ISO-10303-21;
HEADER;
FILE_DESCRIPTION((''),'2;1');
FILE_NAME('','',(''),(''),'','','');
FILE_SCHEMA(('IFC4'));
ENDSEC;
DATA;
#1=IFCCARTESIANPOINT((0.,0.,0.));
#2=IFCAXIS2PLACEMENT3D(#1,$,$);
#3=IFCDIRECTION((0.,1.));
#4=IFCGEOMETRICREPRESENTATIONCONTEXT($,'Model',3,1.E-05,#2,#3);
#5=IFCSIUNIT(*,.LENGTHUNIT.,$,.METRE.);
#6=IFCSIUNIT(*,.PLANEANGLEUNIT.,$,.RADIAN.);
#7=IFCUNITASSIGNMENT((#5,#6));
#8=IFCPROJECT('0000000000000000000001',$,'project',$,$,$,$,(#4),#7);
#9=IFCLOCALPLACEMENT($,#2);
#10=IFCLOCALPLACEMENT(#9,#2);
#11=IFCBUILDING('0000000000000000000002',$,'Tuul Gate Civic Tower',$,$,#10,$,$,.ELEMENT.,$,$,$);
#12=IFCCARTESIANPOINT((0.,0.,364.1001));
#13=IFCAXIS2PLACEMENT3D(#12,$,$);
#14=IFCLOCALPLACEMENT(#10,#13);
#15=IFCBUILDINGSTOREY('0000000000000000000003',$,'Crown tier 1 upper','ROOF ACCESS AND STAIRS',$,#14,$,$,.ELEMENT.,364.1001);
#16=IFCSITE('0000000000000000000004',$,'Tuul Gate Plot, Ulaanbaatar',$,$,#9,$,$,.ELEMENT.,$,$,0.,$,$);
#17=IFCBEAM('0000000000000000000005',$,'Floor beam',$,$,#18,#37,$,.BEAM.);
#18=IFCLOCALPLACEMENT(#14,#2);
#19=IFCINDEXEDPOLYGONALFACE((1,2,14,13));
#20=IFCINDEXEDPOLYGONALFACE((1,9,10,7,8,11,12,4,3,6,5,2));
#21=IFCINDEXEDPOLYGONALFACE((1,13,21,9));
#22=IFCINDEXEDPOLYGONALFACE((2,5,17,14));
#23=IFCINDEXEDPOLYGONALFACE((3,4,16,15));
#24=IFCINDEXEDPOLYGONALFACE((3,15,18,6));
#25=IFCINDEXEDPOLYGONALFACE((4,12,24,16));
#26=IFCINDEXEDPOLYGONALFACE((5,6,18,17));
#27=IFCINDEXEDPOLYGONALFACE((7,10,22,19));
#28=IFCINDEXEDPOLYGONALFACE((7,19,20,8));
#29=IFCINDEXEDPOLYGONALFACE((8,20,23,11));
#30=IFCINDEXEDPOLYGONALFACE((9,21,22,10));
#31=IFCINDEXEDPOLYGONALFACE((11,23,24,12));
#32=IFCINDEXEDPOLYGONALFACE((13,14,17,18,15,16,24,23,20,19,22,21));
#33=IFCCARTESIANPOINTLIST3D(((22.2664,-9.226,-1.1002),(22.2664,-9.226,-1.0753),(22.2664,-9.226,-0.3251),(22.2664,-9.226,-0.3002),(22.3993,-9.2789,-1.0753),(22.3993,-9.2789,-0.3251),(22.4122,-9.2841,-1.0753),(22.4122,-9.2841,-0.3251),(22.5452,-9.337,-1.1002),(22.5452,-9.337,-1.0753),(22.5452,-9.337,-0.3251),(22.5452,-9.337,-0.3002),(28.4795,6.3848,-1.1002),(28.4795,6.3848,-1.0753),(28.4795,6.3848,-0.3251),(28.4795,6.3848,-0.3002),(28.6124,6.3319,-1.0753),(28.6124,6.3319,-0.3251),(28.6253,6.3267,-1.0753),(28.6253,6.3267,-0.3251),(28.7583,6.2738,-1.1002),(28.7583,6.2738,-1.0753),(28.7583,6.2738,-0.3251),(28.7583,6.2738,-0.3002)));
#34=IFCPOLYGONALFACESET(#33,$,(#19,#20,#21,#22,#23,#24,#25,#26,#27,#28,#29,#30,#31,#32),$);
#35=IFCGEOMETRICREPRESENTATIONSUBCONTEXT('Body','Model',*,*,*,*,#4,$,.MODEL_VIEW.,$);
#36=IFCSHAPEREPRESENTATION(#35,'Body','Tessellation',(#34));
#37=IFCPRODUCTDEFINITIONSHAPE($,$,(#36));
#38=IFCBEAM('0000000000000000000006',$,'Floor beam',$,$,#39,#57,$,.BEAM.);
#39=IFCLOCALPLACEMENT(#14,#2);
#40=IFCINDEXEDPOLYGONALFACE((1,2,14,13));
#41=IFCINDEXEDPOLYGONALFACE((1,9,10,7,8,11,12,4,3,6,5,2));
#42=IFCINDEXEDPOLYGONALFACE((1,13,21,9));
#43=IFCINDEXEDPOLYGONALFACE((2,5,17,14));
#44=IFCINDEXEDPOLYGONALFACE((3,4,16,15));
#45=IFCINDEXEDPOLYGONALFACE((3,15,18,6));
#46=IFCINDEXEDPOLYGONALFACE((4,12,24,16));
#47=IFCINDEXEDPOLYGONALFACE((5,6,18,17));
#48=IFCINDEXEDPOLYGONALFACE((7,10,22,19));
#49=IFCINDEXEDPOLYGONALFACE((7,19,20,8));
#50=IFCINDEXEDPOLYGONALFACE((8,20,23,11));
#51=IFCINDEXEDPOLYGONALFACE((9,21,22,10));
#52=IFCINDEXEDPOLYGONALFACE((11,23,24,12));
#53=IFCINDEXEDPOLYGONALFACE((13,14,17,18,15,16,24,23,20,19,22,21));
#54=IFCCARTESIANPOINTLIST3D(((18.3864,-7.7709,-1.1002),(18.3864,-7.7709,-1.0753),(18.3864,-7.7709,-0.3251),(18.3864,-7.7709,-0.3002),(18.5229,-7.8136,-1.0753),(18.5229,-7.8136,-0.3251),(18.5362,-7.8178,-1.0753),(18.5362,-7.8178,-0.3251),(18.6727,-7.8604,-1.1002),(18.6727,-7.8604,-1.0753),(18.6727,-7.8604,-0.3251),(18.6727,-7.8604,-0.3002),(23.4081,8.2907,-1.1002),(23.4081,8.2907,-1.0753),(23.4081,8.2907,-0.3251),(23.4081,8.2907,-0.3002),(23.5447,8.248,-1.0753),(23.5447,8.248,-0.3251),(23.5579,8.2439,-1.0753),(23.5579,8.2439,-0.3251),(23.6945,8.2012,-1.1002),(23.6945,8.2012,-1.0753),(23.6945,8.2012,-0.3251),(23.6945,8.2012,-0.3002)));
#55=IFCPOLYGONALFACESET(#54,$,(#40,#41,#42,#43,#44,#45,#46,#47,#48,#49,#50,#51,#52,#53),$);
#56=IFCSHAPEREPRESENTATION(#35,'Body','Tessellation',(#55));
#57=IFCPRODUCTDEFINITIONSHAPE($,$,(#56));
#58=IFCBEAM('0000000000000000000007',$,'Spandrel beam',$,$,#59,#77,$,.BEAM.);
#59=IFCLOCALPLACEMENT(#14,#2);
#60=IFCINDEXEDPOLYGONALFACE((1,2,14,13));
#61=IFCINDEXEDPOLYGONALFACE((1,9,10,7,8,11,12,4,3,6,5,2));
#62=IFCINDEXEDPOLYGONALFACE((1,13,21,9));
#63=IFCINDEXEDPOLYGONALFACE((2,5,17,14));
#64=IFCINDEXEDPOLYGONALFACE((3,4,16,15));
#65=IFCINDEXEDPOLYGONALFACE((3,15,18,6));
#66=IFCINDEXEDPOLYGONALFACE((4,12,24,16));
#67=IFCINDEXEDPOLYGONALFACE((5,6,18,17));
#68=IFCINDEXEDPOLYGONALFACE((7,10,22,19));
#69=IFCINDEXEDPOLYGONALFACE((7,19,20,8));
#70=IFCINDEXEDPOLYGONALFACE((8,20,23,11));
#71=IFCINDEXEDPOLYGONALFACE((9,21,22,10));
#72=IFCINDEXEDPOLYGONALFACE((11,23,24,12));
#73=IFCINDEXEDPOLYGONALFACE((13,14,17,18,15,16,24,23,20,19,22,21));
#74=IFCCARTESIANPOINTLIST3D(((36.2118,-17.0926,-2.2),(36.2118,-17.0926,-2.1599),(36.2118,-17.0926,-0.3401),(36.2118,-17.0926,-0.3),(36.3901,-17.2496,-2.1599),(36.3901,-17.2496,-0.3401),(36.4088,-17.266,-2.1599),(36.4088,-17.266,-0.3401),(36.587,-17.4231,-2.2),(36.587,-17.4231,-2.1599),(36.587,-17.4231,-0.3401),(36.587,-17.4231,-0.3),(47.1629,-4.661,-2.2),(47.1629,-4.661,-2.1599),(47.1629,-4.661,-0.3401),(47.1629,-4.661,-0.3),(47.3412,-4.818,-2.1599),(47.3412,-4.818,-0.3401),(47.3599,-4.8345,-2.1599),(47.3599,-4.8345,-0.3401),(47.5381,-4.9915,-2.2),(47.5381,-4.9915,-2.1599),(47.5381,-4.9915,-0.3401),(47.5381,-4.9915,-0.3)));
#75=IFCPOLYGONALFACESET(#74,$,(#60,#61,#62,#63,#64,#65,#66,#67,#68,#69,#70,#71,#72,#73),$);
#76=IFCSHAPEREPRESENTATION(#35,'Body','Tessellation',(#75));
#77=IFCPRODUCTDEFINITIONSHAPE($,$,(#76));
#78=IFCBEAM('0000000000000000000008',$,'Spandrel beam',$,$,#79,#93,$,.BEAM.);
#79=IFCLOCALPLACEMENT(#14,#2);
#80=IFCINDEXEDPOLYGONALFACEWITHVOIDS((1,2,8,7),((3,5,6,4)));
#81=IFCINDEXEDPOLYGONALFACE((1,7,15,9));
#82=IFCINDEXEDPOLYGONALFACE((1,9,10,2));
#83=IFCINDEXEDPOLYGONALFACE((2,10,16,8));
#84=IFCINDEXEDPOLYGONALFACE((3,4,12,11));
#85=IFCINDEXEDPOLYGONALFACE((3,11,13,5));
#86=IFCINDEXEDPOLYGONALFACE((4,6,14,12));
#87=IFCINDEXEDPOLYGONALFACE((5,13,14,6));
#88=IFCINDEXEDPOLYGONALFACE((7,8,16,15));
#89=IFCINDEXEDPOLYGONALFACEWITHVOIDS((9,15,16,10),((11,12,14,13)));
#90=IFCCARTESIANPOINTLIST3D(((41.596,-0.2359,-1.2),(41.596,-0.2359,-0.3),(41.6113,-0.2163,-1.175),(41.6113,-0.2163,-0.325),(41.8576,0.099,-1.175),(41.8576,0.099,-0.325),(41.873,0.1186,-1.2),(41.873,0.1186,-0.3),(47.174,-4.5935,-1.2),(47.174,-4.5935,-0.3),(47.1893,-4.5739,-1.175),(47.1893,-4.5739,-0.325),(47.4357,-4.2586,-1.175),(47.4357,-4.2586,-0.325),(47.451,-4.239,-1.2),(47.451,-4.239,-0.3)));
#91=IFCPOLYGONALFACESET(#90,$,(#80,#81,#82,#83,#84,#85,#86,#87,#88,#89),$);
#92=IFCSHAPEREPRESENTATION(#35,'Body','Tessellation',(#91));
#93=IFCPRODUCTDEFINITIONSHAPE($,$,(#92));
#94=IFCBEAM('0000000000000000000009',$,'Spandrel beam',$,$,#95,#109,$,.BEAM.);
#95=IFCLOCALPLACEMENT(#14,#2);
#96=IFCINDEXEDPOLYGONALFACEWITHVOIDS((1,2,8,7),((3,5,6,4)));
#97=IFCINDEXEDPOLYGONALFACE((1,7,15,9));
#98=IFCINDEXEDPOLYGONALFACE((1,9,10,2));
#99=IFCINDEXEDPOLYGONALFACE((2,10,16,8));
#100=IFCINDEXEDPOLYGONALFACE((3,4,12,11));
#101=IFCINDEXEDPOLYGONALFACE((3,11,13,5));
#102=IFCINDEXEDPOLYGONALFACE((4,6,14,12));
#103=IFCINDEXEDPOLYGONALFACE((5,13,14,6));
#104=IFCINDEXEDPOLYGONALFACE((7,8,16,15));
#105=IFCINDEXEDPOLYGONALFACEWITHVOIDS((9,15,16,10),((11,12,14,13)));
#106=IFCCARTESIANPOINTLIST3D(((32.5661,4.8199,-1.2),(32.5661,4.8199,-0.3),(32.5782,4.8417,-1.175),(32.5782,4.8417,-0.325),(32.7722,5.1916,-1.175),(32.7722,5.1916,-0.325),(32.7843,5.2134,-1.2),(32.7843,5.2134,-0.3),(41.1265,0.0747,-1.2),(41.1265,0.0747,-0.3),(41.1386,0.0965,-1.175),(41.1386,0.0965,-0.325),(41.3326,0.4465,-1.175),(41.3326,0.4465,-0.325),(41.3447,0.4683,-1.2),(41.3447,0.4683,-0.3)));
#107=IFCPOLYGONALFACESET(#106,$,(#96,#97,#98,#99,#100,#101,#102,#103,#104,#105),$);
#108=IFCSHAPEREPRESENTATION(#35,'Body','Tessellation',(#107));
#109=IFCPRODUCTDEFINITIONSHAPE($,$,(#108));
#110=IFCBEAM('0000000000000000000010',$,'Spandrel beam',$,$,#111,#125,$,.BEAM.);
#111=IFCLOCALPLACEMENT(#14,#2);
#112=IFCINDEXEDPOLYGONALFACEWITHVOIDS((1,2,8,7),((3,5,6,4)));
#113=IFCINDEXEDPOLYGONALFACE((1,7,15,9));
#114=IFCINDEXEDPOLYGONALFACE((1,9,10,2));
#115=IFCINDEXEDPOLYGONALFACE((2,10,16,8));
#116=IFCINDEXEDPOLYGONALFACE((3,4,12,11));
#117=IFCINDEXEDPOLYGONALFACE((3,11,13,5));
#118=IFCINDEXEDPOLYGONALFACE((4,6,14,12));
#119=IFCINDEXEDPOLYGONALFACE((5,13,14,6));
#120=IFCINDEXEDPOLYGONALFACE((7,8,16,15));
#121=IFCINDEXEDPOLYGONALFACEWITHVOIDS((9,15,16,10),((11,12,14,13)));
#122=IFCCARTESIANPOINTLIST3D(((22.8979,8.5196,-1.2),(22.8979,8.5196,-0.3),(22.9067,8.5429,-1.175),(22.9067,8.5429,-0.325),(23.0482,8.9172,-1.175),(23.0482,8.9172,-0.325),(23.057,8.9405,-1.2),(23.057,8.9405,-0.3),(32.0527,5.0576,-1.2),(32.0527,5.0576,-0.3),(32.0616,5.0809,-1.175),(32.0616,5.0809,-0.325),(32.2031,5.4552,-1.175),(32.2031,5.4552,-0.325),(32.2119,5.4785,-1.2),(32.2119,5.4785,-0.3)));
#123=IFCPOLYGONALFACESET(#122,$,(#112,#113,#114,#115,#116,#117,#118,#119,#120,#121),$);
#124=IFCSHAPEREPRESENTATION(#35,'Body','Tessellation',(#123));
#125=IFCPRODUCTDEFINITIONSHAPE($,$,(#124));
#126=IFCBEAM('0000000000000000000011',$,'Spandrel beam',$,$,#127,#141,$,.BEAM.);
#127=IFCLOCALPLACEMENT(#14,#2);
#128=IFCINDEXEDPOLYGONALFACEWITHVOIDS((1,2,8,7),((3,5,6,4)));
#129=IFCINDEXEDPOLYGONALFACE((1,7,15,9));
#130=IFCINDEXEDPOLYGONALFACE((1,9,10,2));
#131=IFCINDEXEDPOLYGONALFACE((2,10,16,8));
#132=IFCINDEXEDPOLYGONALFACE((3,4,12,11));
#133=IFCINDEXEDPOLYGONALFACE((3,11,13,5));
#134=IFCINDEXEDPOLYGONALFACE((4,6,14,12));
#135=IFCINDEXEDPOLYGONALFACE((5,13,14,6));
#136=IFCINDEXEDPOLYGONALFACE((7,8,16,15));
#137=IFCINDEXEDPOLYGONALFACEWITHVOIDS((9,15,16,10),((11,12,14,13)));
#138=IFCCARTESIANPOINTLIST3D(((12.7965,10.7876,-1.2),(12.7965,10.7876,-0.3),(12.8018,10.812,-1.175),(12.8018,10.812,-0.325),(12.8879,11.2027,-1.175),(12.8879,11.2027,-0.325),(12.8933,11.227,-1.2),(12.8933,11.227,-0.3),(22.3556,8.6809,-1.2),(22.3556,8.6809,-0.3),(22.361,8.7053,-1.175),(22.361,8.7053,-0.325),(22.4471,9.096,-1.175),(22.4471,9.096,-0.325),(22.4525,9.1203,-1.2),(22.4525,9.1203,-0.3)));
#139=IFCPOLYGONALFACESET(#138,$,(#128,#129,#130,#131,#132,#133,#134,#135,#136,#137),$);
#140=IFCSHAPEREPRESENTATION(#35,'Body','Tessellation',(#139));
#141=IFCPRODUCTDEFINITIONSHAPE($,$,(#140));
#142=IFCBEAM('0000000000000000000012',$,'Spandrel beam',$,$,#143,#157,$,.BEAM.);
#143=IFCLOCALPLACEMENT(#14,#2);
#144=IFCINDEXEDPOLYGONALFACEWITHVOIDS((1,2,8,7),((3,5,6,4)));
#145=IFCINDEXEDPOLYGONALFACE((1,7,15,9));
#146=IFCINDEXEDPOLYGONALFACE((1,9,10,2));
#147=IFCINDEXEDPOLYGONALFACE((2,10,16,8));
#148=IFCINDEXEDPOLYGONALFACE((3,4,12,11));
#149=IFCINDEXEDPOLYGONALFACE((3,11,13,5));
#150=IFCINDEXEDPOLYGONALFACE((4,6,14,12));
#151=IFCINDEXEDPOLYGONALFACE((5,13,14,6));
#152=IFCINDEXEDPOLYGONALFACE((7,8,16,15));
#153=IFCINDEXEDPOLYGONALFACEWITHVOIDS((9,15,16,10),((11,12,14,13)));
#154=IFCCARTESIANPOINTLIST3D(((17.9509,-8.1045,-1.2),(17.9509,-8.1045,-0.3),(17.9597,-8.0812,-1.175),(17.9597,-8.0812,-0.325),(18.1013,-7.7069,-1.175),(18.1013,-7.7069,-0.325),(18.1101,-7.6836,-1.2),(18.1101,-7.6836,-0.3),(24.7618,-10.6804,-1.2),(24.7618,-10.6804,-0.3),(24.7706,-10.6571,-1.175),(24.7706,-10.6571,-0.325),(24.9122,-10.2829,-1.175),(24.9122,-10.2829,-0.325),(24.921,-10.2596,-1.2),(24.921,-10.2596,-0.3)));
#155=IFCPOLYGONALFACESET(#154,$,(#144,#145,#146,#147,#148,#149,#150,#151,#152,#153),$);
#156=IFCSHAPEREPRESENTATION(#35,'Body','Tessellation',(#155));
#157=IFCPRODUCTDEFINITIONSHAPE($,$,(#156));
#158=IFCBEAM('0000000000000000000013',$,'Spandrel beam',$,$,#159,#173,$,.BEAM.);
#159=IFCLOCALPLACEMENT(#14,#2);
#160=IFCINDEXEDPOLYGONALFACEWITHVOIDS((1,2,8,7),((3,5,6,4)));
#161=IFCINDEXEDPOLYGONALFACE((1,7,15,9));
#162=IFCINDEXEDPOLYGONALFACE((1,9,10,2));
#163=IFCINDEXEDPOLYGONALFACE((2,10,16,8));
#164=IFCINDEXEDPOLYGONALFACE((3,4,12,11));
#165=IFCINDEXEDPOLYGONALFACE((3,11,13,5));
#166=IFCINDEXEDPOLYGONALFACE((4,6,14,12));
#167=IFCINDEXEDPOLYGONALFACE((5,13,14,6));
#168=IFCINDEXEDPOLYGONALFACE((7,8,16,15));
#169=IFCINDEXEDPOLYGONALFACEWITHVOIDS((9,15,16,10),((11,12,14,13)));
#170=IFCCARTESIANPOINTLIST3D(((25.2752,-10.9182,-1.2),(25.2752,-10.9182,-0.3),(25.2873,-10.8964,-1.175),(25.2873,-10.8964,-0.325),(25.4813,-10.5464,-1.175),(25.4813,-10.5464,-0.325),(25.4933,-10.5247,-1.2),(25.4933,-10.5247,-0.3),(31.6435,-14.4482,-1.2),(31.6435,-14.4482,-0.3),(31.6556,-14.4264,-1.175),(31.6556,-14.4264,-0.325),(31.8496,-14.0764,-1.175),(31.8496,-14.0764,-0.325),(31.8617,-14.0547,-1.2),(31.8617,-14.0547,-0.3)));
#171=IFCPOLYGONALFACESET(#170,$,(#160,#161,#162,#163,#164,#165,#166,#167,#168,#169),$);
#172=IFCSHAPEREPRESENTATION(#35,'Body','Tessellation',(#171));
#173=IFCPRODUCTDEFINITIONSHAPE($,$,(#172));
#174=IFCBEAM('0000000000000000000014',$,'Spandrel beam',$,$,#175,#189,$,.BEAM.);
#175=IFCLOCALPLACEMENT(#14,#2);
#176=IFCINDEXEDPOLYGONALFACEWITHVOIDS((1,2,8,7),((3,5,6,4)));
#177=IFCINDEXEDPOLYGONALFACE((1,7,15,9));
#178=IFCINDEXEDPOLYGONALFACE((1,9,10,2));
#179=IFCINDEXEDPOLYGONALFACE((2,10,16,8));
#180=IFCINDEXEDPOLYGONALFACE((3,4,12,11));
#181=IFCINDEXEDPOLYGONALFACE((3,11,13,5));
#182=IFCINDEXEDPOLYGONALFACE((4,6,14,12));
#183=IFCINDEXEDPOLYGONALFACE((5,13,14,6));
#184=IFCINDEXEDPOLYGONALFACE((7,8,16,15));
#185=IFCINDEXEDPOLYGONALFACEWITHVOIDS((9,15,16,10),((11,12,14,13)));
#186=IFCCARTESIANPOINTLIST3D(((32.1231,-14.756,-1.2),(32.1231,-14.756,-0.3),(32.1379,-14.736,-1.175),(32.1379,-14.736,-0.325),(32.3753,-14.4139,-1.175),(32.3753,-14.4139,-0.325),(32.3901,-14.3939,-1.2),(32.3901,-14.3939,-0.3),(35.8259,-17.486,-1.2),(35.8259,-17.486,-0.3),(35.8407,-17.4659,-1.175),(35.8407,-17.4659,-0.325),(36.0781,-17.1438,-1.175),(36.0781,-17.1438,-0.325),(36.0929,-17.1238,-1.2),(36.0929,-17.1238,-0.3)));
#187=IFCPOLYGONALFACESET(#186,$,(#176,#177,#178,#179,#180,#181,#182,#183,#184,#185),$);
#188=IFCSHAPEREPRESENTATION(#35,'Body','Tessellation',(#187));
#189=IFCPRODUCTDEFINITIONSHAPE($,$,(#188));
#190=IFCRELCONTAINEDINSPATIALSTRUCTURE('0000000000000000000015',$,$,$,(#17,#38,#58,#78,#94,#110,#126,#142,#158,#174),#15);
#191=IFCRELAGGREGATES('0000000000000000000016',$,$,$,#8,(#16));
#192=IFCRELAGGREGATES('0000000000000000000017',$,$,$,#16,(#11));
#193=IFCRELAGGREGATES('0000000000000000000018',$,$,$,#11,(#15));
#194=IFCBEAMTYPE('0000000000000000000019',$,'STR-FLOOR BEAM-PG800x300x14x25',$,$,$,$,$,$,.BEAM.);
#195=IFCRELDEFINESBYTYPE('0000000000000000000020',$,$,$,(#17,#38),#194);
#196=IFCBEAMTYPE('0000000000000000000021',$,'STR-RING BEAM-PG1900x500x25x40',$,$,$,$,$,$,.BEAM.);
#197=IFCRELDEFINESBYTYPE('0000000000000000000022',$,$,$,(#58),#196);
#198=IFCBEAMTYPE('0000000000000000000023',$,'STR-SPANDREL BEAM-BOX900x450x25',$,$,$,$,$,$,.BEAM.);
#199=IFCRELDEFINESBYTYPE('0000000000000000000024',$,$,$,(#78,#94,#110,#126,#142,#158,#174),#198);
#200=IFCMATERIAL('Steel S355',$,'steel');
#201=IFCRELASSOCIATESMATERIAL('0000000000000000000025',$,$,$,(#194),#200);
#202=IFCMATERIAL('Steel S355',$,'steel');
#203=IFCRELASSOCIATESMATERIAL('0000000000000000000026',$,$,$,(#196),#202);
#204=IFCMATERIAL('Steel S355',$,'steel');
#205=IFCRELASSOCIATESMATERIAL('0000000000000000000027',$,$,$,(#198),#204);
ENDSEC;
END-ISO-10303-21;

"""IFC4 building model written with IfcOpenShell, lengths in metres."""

from ifc_helpers import new_model, si_unit, direction, frame, origin, origin_2d, place, context, subcontext, project, spatial, hollow_rectangle, i_section, extrude, material, material_profile, profile_set, type_object, element, save


model = new_model("IFC4")

# Units and contexts
model_context = context("Model", 3, precision=1e-05, world=origin(), true_north=direction((0.0, 1.0)))
body_context = subcontext(model_context, "Body", "Model", "MODEL_VIEW")
ifc_project = project(units=[si_unit("LENGTHUNIT", "METRE"), si_unit("PLANEANGLEUNIT", "RADIAN")], contexts=[model_context])

# Site, building, storey
site_placement = place(None, origin())
site = spatial("IfcSite", under=ifc_project, at=site_placement, Name="Tuul Gate Plot, Ulaanbaatar", CompositionType="ELEMENT", RefElevation=0.0)
building_placement = place(site_placement, origin())
building = spatial("IfcBuilding", under=site, at=building_placement, Name="Tuul Gate Civic Tower", CompositionType="ELEMENT")
storey_placement = place(building_placement, frame((0.0, 0.0, 364.1001)))
storey = spatial("IfcBuildingStorey", under=building, at=storey_placement, Name="Crown tier 1 upper", Description="ROOF ACCESS AND STAIRS", CompositionType="ELEMENT", Elevation=364.1001)

# Beams
ifc_material_1 = material(Name="Steel S355", Category="steel")
ifc_material_profile_1 = material_profile(ifc_material_1, i_section(OverallWidth=0.3, OverallDepth=0.8, WebThickness=0.0139, FlangeThickness=0.0249, at=origin_2d()), Name="PG800x300x14x25")
ifc_profile_set_1 = profile_set([ifc_material_profile_1], Name="Steel S355")
beam_type_1 = type_object("IfcBeamType", Name="STR-FLOOR BEAM-PG800x300x14x25", PredefinedType="BEAM", material=ifc_profile_set_1)
beam_1_placement = place(storey_placement, frame((22.4058, -9.2815, -0.7002), z_axis=(0.369789, 0.929116, 0.0), x_axis=(-0.929116, 0.369789, 0.0)))
element("IfcBeam", 1, at=beam_1_placement, inside=storey, type_object=beam_type_1, Name="Floor beam", PredefinedType="BEAM", context=body_context, shape_type="SweptSolid", body=[
    extrude(i_section(OverallWidth=0.3, OverallDepth=0.8, WebThickness=0.0139, FlangeThickness=0.0249, at=origin_2d()), origin(), (0.0, 0.0, 1.0), 16.8018),
])
beam_2_placement = place(storey_placement, frame((18.5295, -7.8157, -0.7002), z_axis=(0.29841, 0.954438, 0.0), x_axis=(-0.954438, 0.29841, 0.0)))
element("IfcBeam", 2, at=beam_2_placement, inside=storey, type_object=beam_type_1, Name="Floor beam", PredefinedType="BEAM", context=body_context, shape_type="SweptSolid", body=[
    extrude(i_section(OverallWidth=0.3, OverallDepth=0.8, WebThickness=0.0139, FlangeThickness=0.0249, at=origin_2d()), origin(), (0.0, 0.0, 1.0), 16.8284),
])
ifc_material_2 = material(Name="Steel S355", Category="steel")
ifc_material_profile_2 = material_profile(ifc_material_2, i_section(OverallWidth=0.5, OverallDepth=1.8999, WebThickness=0.0249, FlangeThickness=0.04, at=origin_2d()), Name="PG1900x500x25x40")
ifc_profile_set_2 = profile_set([ifc_material_profile_2], Name="Steel S355")
beam_type_2 = type_object("IfcBeamType", Name="STR-RING BEAM-PG1900x500x25x40", PredefinedType="BEAM", material=ifc_profile_set_2)
beam_3_placement = place(storey_placement, frame((36.3994, -17.2578, -1.25), z_axis=(0.661013, 0.750374, 0.0), x_axis=(-0.750374, 0.661013, 0.0)))
element("IfcBeam", 3, at=beam_3_placement, inside=storey, type_object=beam_type_2, Name="Spandrel beam", PredefinedType="BEAM", context=body_context, shape_type="SweptSolid", body=[
    extrude(i_section(OverallWidth=0.5, OverallDepth=1.8999, WebThickness=0.0249, FlangeThickness=0.04, at=origin_2d()), origin(), (0.0, 0.0, 1.0), 16.5671),
])
ifc_material_3 = material(Name="Steel S355", Category="steel")
ifc_material_profile_3 = material_profile(ifc_material_3, hollow_rectangle(XDim=0.45, YDim=0.8999, WallThickness=0.0249, at=origin_2d()), Name="BOX900x450x25")
ifc_profile_set_3 = profile_set([ifc_material_profile_3], Name="Steel S355")
beam_type_3 = type_object("IfcBeamType", Name="STR-SPANDREL BEAM-BOX900x450x25", PredefinedType="BEAM", material=ifc_profile_set_3)
beam_4_placement = place(storey_placement, frame((47.3125, -4.4163, -0.75), z_axis=(-0.788041, 0.615623, 0.0), x_axis=(-0.615623, -0.788041, 0.0)))
element("IfcBeam", 4, at=beam_4_placement, inside=storey, type_object=beam_type_3, Name="Spandrel beam", PredefinedType="BEAM", context=body_context, shape_type="SweptSolid", body=[
    extrude(hollow_rectangle(XDim=0.45, YDim=0.8999, WallThickness=0.0249, at=origin_2d()), origin(), (0.0, 0.0, 1.0), 7.0784),
])
for number, where, z_axis, x_axis, name in (
    (5, (41.2356, 0.2715, -0.75), (-0.874617, 0.484815, 0.0), (-0.484815, -0.874617, 0.0), "Spandrel beam"),
    (6, (32.1323, 5.2681, -0.75), (-0.935356, 0.353708, 0.0), (-0.353708, -0.935356, 0.0), "Spandrel beam"),
):
    element("IfcBeam", number, at=place(storey_placement, frame(where, z_axis=z_axis, x_axis=x_axis)), inside=storey, type_object=beam_type_3, Name=name, PredefinedType="BEAM", context=body_context, shape_type="SweptSolid", body=[
        extrude(hollow_rectangle(XDim=0.45, YDim=0.8999, WallThickness=0.0249, at=origin_2d()), origin(), (0.0, 0.0, 1.0), 9.7876),
    ])
beam_5_placement = place(storey_placement, frame((22.4041, 8.9006, -0.75), z_axis=(-0.976565, 0.215221, 0.0), x_axis=(-0.215221, -0.976565, 0.0)))
element("IfcBeam", 7, at=beam_5_placement, inside=storey, type_object=beam_type_3, Name="Spandrel beam", PredefinedType="BEAM", context=body_context, shape_type="SweptSolid", body=[
    extrude(hollow_rectangle(XDim=0.45, YDim=0.8999, WallThickness=0.0249, at=origin_2d()), origin(), (0.0, 0.0, 1.0), 9.7886),
])
beam_6_placement = place(storey_placement, frame((18.0305, -7.894, -0.75), z_axis=(0.935338, -0.353757, 0.0), x_axis=(0.353757, 0.935338, 0.0)))
element("IfcBeam", 8, at=beam_6_placement, inside=storey, type_object=beam_type_3, Name="Spandrel beam", PredefinedType="BEAM", context=body_context, shape_type="SweptSolid", body=[
    extrude(hollow_rectangle(XDim=0.45, YDim=0.8999, WallThickness=0.0249, at=origin_2d()), origin(), (0.0, 0.0, 1.0), 7.2817),
])
beam_7_placement = place(storey_placement, frame((25.3843, -10.7214, -0.75), z_axis=(0.874622, -0.484806, 0.0), x_axis=(0.484806, 0.874622, 0.0)))
element("IfcBeam", 9, at=beam_7_placement, inside=storey, type_object=beam_type_3, Name="Spandrel beam", PredefinedType="BEAM", context=body_context, shape_type="SweptSolid", body=[
    extrude(hollow_rectangle(XDim=0.45, YDim=0.8999, WallThickness=0.0249, at=origin_2d()), origin(), (0.0, 0.0, 1.0), 7.2812),
])
beam_8_placement = place(storey_placement, frame((32.2566, -14.575, -0.75), z_axis=(0.804896, -0.593416, 0.0), x_axis=(0.593416, 0.804896, 0.0)))
element("IfcBeam", 10, at=beam_8_placement, inside=storey, type_object=beam_type_3, Name="Spandrel beam", PredefinedType="BEAM", context=body_context, shape_type="SweptSolid", body=[
    extrude(hollow_rectangle(XDim=0.45, YDim=0.8999, WallThickness=0.0249, at=origin_2d()), origin(), (0.0, 0.0, 1.0), 4.6003),
])

save(model, "model.ifc")
